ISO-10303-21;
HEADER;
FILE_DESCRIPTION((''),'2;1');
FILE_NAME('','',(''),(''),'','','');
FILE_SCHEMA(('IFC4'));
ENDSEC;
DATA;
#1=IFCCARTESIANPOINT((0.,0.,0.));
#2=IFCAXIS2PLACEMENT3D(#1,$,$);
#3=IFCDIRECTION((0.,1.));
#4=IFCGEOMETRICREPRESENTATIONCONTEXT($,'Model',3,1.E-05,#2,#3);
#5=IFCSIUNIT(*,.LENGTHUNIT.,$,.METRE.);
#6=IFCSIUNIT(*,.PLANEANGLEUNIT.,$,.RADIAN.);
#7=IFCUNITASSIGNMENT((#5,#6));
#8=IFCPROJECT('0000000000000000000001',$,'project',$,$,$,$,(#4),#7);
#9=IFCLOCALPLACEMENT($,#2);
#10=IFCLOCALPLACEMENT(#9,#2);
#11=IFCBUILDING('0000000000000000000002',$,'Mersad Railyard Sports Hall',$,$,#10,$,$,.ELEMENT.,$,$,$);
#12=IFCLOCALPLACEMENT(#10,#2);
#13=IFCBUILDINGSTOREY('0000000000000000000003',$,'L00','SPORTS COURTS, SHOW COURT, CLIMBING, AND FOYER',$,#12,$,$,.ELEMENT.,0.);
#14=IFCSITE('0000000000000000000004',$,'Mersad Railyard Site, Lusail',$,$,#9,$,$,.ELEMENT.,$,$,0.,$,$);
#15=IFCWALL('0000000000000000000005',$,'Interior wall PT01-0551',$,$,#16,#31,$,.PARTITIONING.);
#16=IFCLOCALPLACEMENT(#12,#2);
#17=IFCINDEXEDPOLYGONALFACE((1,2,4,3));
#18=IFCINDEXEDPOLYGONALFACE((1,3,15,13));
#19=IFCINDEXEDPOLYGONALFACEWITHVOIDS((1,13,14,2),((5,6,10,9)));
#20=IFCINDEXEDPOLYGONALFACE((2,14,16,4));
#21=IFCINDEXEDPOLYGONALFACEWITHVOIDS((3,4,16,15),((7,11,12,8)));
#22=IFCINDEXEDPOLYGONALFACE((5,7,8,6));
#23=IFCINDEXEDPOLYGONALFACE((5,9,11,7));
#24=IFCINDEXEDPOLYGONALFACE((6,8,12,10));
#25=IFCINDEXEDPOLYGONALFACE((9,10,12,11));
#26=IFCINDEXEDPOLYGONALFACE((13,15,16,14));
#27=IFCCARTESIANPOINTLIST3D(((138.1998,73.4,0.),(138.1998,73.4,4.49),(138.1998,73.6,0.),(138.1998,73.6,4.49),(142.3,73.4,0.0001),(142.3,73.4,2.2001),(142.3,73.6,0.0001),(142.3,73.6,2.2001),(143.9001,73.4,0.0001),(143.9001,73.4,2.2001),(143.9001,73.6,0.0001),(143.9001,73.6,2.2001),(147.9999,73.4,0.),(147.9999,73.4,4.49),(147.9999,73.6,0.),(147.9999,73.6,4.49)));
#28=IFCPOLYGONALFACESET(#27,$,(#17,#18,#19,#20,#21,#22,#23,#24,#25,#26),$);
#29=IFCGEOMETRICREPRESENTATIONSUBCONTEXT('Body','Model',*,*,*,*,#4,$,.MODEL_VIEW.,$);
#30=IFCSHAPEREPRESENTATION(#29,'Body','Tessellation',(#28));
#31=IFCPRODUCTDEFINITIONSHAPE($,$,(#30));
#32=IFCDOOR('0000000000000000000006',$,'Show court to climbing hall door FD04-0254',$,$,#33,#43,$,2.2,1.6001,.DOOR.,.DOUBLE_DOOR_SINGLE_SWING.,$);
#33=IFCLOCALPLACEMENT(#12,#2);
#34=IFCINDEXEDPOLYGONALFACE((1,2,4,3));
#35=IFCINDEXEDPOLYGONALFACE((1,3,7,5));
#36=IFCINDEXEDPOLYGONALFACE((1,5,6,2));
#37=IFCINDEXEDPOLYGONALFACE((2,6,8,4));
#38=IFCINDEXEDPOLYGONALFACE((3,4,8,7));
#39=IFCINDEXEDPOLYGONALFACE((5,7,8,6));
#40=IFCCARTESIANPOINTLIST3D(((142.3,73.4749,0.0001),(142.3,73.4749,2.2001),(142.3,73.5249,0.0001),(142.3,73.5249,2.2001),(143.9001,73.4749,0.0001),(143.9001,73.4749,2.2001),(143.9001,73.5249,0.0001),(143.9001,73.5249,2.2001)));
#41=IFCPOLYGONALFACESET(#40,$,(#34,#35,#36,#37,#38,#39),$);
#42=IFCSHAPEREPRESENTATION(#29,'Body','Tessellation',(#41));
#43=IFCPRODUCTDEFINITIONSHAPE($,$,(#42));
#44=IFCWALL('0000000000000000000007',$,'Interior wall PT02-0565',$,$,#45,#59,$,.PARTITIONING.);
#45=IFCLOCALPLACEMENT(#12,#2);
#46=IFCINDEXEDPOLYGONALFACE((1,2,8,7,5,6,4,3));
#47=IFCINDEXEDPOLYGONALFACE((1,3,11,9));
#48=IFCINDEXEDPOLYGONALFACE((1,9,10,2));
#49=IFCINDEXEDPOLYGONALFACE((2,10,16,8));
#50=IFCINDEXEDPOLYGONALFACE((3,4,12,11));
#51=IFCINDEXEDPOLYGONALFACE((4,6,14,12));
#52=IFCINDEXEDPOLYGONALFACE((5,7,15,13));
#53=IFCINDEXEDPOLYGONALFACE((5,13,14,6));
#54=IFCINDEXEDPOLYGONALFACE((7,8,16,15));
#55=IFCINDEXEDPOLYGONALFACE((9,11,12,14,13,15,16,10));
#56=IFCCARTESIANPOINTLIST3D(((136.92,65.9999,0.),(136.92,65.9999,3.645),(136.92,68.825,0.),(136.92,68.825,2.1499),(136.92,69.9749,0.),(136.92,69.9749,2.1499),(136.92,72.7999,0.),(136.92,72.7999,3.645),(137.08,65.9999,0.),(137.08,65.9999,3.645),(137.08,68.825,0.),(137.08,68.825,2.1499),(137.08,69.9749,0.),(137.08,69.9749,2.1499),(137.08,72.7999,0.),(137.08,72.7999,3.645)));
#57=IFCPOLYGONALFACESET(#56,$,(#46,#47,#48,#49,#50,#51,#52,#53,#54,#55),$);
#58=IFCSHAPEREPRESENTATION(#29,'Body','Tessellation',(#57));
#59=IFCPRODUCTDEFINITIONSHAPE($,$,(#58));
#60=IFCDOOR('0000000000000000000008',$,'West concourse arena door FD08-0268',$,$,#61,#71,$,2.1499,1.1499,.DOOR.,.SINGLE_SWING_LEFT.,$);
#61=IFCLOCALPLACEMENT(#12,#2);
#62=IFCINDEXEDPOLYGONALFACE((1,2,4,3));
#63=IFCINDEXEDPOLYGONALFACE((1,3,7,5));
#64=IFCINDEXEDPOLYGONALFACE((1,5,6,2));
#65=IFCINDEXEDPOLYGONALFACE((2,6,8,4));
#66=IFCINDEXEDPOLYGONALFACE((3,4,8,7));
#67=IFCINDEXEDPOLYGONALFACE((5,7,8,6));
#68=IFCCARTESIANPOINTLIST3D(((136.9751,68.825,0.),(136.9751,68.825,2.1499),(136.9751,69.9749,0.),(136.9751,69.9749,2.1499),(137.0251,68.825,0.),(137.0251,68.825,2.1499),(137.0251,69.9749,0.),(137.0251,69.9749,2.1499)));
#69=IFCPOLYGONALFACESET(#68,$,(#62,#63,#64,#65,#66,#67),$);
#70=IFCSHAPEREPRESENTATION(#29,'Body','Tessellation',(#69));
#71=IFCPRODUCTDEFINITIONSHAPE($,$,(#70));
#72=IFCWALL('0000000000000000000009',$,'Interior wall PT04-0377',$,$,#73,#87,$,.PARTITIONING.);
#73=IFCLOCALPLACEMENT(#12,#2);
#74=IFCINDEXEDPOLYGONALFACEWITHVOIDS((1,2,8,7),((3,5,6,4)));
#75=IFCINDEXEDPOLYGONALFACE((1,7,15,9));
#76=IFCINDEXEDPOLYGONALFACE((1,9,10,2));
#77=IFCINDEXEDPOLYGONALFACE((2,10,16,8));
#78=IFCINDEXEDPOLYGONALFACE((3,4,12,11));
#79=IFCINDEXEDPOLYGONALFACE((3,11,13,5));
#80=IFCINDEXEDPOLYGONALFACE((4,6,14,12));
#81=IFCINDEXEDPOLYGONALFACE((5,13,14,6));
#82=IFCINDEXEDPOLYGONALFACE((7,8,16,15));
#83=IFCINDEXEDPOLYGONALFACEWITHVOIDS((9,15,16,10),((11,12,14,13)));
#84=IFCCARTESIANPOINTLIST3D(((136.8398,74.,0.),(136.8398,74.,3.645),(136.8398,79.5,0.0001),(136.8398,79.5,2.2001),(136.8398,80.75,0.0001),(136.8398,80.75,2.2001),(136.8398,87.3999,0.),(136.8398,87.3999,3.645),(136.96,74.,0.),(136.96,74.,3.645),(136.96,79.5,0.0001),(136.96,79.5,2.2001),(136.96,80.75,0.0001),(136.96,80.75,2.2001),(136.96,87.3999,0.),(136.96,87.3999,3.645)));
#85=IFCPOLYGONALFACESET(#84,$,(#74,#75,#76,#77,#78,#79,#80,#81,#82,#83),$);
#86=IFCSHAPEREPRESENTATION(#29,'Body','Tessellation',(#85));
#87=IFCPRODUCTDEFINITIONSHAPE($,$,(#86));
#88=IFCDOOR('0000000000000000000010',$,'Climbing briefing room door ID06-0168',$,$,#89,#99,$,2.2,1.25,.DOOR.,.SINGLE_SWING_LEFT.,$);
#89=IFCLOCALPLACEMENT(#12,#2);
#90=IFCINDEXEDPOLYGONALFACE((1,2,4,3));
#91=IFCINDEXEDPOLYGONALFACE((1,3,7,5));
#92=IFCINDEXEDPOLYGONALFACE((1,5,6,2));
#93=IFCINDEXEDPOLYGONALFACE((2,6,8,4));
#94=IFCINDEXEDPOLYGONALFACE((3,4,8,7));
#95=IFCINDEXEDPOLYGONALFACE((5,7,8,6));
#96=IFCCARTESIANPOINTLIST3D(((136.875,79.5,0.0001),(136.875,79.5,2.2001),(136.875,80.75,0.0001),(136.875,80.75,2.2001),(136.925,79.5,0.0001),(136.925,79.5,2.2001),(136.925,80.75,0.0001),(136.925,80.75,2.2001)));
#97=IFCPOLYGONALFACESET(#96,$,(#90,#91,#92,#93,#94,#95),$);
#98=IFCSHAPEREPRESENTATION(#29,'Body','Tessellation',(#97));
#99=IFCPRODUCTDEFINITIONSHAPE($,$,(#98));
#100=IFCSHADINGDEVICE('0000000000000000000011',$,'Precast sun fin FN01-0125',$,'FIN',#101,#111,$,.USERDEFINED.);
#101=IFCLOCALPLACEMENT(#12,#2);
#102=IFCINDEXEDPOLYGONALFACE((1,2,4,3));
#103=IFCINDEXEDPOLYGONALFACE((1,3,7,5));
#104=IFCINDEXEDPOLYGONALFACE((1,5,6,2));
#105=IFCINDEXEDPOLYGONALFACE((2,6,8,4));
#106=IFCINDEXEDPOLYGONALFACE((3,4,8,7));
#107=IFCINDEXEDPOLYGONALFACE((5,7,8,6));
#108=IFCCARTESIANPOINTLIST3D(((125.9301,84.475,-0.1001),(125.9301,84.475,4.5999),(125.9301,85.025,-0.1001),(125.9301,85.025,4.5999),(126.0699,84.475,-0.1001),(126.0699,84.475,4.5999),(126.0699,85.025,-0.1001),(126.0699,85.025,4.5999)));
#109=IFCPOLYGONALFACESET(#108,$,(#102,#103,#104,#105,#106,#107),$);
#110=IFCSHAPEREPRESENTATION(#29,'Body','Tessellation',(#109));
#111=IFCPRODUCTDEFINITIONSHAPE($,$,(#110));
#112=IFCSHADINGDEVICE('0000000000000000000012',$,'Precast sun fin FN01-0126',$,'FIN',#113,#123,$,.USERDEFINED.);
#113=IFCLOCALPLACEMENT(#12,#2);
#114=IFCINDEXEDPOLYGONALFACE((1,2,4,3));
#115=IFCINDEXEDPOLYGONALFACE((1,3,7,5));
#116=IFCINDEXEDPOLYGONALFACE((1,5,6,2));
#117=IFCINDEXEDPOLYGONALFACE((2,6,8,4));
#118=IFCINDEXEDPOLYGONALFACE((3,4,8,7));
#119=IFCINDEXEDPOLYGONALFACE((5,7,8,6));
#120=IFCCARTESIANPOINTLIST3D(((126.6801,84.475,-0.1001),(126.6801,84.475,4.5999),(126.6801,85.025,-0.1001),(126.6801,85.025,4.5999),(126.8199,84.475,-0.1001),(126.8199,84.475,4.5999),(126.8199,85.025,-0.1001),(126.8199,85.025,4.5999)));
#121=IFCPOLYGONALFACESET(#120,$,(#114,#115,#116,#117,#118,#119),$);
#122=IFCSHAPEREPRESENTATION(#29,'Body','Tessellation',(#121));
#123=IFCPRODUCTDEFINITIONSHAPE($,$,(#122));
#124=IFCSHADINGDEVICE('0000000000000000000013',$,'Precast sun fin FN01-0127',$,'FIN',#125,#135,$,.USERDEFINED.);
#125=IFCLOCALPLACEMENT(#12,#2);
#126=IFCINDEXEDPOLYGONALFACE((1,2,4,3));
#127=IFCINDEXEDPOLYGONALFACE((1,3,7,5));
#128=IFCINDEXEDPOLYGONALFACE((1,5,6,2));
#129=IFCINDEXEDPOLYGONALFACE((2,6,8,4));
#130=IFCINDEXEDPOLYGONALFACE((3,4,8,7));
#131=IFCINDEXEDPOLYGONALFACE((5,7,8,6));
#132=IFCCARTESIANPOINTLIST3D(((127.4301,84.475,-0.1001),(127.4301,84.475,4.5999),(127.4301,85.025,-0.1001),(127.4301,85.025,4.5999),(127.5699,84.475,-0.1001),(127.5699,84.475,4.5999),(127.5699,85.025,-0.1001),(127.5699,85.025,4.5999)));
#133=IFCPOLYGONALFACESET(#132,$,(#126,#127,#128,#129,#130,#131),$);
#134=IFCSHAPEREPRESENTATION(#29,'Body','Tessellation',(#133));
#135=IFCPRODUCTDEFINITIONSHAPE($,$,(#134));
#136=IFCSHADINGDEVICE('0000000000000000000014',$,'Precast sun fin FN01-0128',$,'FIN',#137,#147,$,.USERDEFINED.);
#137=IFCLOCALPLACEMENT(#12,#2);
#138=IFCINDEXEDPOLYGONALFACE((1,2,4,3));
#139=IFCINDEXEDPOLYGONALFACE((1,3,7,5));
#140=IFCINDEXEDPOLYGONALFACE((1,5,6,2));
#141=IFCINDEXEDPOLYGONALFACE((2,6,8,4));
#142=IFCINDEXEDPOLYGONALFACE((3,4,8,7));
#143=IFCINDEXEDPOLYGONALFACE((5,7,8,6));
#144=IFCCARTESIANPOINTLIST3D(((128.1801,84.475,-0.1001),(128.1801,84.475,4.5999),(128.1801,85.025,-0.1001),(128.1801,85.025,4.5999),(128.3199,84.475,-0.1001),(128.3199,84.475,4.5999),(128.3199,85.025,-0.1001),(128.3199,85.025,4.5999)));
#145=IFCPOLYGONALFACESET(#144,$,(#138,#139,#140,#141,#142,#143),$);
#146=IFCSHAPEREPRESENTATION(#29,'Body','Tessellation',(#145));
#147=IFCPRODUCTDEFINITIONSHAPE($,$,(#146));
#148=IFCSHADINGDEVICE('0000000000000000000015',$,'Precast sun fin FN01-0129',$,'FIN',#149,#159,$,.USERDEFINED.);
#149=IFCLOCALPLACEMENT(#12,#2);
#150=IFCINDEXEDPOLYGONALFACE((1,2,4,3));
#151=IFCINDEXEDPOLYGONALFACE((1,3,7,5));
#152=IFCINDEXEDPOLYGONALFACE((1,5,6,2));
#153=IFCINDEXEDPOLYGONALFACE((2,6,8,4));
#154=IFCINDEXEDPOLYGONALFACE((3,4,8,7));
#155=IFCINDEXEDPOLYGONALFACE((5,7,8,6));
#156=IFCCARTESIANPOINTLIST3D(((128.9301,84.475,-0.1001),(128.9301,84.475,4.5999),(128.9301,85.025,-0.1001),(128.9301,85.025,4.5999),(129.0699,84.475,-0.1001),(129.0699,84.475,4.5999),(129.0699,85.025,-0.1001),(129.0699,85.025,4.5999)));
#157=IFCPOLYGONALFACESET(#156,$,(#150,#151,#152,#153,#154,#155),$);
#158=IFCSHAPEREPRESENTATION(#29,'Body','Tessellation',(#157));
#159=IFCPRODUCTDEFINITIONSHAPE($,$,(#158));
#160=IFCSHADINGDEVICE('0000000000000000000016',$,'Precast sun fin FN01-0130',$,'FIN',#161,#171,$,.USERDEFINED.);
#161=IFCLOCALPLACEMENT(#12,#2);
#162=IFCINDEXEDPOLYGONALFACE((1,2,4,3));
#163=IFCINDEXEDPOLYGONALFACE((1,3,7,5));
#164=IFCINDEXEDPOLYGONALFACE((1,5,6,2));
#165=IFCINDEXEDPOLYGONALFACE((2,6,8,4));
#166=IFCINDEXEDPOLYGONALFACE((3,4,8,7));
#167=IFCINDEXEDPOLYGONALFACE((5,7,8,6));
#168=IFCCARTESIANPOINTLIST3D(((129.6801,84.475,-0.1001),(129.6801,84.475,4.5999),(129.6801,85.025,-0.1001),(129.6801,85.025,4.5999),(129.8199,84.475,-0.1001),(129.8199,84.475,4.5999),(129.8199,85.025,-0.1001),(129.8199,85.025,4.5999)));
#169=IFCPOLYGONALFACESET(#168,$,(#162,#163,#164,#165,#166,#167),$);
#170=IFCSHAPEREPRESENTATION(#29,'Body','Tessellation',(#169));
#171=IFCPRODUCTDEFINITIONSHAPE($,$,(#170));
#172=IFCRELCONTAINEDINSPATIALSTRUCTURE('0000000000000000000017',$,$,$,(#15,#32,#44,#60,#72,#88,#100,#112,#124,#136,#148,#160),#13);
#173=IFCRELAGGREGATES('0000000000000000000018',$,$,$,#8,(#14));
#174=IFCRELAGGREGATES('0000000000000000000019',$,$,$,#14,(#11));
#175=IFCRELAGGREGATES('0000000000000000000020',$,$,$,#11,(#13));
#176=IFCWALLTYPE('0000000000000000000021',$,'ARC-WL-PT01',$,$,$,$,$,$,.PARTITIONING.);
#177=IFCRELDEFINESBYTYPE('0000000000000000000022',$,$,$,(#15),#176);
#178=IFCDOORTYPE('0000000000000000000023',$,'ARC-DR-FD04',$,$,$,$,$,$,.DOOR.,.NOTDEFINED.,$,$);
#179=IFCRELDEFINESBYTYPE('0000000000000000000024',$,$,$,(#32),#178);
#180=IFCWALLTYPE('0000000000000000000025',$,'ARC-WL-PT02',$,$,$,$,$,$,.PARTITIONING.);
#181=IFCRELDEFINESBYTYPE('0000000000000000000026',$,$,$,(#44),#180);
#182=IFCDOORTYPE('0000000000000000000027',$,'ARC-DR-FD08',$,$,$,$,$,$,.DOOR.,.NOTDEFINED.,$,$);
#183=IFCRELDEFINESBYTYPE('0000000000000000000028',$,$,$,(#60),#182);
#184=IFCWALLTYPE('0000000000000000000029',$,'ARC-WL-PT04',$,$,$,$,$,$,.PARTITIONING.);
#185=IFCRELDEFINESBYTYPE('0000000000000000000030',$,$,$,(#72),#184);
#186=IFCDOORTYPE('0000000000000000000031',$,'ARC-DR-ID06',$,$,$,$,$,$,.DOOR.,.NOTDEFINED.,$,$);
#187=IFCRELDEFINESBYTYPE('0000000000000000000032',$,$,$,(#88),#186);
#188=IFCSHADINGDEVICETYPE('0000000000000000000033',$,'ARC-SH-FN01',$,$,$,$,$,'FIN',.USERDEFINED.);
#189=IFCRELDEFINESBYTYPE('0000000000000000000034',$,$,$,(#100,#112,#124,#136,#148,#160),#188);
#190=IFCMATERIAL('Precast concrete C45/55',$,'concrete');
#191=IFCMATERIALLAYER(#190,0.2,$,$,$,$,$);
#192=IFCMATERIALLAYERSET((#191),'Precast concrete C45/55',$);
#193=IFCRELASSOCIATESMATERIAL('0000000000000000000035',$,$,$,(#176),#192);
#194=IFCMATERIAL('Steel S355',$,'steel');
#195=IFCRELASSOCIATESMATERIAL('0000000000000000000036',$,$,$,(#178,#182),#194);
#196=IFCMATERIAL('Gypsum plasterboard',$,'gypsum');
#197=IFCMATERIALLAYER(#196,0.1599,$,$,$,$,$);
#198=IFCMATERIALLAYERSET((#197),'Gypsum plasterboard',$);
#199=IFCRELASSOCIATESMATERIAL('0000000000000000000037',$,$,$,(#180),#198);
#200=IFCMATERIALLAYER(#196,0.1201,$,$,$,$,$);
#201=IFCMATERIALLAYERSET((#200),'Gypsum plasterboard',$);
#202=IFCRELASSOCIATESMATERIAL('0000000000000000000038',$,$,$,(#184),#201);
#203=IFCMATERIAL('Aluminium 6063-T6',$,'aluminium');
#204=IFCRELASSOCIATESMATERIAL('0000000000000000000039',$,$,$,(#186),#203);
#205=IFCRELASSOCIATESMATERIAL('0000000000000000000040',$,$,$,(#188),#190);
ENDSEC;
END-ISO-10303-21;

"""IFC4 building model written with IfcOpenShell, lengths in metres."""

from ifc_helpers import new_model, si_unit, direction, frame, frame_2d, origin, origin_2d, place, context, subcontext, project, spatial, rectangle, extrude, material, layer, layer_set, type_object, element, fill, save


model = new_model("IFC4")

# Units and contexts
model_context = context("Model", 3, precision=1e-05, world=origin(), true_north=direction((0.0, 1.0)))
body_context = subcontext(model_context, "Body", "Model", "MODEL_VIEW")
ifc_project = project(units=[si_unit("LENGTHUNIT", "METRE"), si_unit("PLANEANGLEUNIT", "RADIAN")], contexts=[model_context])

# Site, building, storey
site_placement = place(None, origin())
site = spatial("IfcSite", under=ifc_project, at=site_placement, Name="Mersad Railyard Site, Lusail", CompositionType="ELEMENT", RefElevation=0.0)
building_placement = place(site_placement, origin())
building = spatial("IfcBuilding", under=site, at=building_placement, Name="Mersad Railyard Sports Hall", CompositionType="ELEMENT")
storey_placement = place(building_placement, origin())
storey = spatial("IfcBuildingStorey", under=building, at=storey_placement, Name="L00", Description="SPORTS COURTS, SHOW COURT, CLIMBING, AND FOYER", CompositionType="ELEMENT", Elevation=0.0)

# Walls, openings, doors
ifc_material_1 = material(Name="Aluminium 6063-T6", Category="aluminium")
ifc_material_2 = material(Name="Precast concrete C45/55", Category="concrete")
ifc_layer_1 = layer(ifc_material_2, 0.2)
ifc_layer_set_1 = layer_set([ifc_layer_1], Name="Precast concrete C45/55")
wall_type_1 = type_object("IfcWallType", Name="ARC-WL-PT01", PredefinedType="PARTITIONING", material=ifc_layer_set_1)
wall_1_placement = place(storey_placement, frame((138.2, 73.5, 0.0), z_axis=(0.0, 0.0, 1.0), x_axis=(1.0, 0.0, 0.0)))
wall_1 = element("IfcWall", 1, at=wall_1_placement, inside=storey, type_object=wall_type_1, Name="Interior wall PT01-0551", PredefinedType="PARTITIONING", context=body_context, shape_type="SweptSolid", body=[
    extrude(rectangle(XDim=9.8, YDim=0.2, at=frame_2d((4.8999, 0.0))), origin(), (0.0, 0.0, 1.0), 4.49),
])
opening_1_placement = place(wall_1_placement, frame((4.1001, 0.0, 0.0)))
opening_1 = element("IfcOpeningElement", 2, at=opening_1_placement, cuts=wall_1, PredefinedType="OPENING", context=body_context, shape_type="SweptSolid", body=[
    extrude(rectangle(XDim=1.6001, YDim=2.2, at=frame_2d((0.8, 1.1001))), frame((0.0, 0.1099, 0.0), z_axis=(0.0, -1.0, 0.0), x_axis=(1.0, 0.0, 0.0)), (0.0, 0.0, 1.0), 0.22),
])
ifc_material_3 = material(Name="Steel S355", Category="steel")
door_type_1 = type_object("IfcDoorType", Name="ARC-DR-FD04", OperationType="NOTDEFINED", PredefinedType="DOOR", material=ifc_material_3)
door_1_placement = place(opening_1_placement, origin())
door_1 = element("IfcDoor", 3, at=door_1_placement, inside=storey, type_object=door_type_1, Name="Show court to climbing hall door FD04-0254", OperationType="DOUBLE_DOOR_SINGLE_SWING", OverallHeight=2.2, OverallWidth=1.6001, PredefinedType="DOOR", context=body_context, shape_type="SweptSolid", body=[
    extrude(rectangle(XDim=1.6001, YDim=2.2, at=frame_2d((0.8, 1.1001))), frame((0.0, 0.0249, 0.0), z_axis=(0.0, -1.0, 0.0), x_axis=(1.0, 0.0, 0.0)), (0.0, 0.0, 1.0), 0.05),
])
fill(opening_1, door_1)
ifc_material_4 = material(Name="Gypsum plasterboard", Category="gypsum")
ifc_layer_2 = layer(ifc_material_4, 0.1599)
ifc_layer_set_2 = layer_set([ifc_layer_2], Name="Gypsum plasterboard")
wall_type_2 = type_object("IfcWallType", Name="ARC-WL-PT02", PredefinedType="PARTITIONING", material=ifc_layer_set_2)
wall_2_placement = place(storey_placement, frame((137.0, 66.0, 0.0), z_axis=(0.0, 0.0, 1.0), x_axis=(0.0, 1.0, 0.0)))
wall_2 = element("IfcWall", 4, at=wall_2_placement, inside=storey, type_object=wall_type_2, Name="Interior wall PT02-0565", PredefinedType="PARTITIONING", context=body_context, shape_type="SweptSolid", body=[
    extrude(rectangle(XDim=6.8, YDim=0.1599, at=frame_2d((3.3999, 0.0))), origin(), (0.0, 0.0, 1.0), 3.645),
])
opening_2_placement = place(wall_2_placement, frame((2.825, 0.0, 0.0)))
opening_2 = element("IfcOpeningElement", 5, at=opening_2_placement, cuts=wall_2, PredefinedType="OPENING", context=body_context, shape_type="SweptSolid", body=[
    extrude(rectangle(XDim=1.1499, YDim=2.1499, at=frame_2d((0.575, 1.075))), frame((0.0, 0.0898, 0.0), z_axis=(0.0, -1.0, 0.0), x_axis=(1.0, 0.0, 0.0)), (0.0, 0.0, 1.0), 0.1799),
])
door_type_2 = type_object("IfcDoorType", Name="ARC-DR-FD08", OperationType="NOTDEFINED", PredefinedType="DOOR", material=ifc_material_3)
door_2_placement = place(opening_2_placement, origin())
door_2 = element("IfcDoor", 6, at=door_2_placement, inside=storey, type_object=door_type_2, Name="West concourse arena door FD08-0268", OperationType="SINGLE_SWING_LEFT", OverallHeight=2.1499, OverallWidth=1.1499, PredefinedType="DOOR", context=body_context, shape_type="SweptSolid", body=[
    extrude(rectangle(XDim=1.1499, YDim=2.1499, at=frame_2d((0.575, 1.075))), frame((0.0, 0.0249, 0.0), z_axis=(0.0, -1.0, 0.0), x_axis=(1.0, 0.0, 0.0)), (0.0, 0.0, 1.0), 0.05),
])
fill(opening_2, door_2)
ifc_layer_3 = layer(ifc_material_4, 0.1201)
ifc_layer_set_3 = layer_set([ifc_layer_3], Name="Gypsum plasterboard")
wall_type_3 = type_object("IfcWallType", Name="ARC-WL-PT04", PredefinedType="PARTITIONING", material=ifc_layer_set_3)
wall_3_placement = place(storey_placement, frame((136.8999, 74.0, 0.0), z_axis=(0.0, 0.0, 1.0), x_axis=(0.0, 1.0, 0.0)))
wall_3 = element("IfcWall", 7, at=wall_3_placement, inside=storey, type_object=wall_type_3, Name="Interior wall PT04-0377", PredefinedType="PARTITIONING", context=body_context, shape_type="SweptSolid", body=[
    extrude(rectangle(XDim=13.3999, YDim=0.1201, at=frame_2d((6.7, 0.0))), origin(), (0.0, 0.0, 1.0), 3.645),
])
opening_3_placement = place(wall_3_placement, frame((5.5, 0.0, 0.0)))
opening_3 = element("IfcOpeningElement", 8, at=opening_3_placement, cuts=wall_3, PredefinedType="OPENING", context=body_context, shape_type="SweptSolid", body=[
    extrude(rectangle(XDim=1.25, YDim=2.2, at=frame_2d((0.625, 1.1001))), frame((0.0, 0.0701, 0.0), z_axis=(0.0, -1.0, 0.0), x_axis=(1.0, 0.0, 0.0)), (0.0, 0.0, 1.0), 0.1401),
])
door_type_3 = type_object("IfcDoorType", Name="ARC-DR-ID06", OperationType="NOTDEFINED", PredefinedType="DOOR", material=ifc_material_1)
door_3_placement = place(opening_3_placement, origin())
door_3 = element("IfcDoor", 9, at=door_3_placement, inside=storey, type_object=door_type_3, Name="Climbing briefing room door ID06-0168", OperationType="SINGLE_SWING_LEFT", OverallHeight=2.2, OverallWidth=1.25, PredefinedType="DOOR", context=body_context, shape_type="SweptSolid", body=[
    extrude(rectangle(XDim=1.25, YDim=2.2, at=frame_2d((0.625, 1.1001))), frame((0.0, 0.0249, 0.0), z_axis=(0.0, -1.0, 0.0), x_axis=(1.0, 0.0, 0.0)), (0.0, 0.0, 1.0), 0.05),
])
fill(opening_3, door_3)

# Shading devices
shading_device_type = type_object("IfcShadingDeviceType", Name="ARC-SH-FN01", ElementType="FIN", PredefinedType="USERDEFINED", material=ifc_material_2)
for number, where, z_axis, x_axis, name in (
    (10, (126.0, 84.75, -0.1001), (0.0, 0.0, 1.0), (1.0, 0.0, 0.0), "Precast sun fin FN01-0125"),
    (11, (126.75, 84.75, -0.1001), (0.0, 0.0, 1.0), (1.0, 0.0, 0.0), "Precast sun fin FN01-0126"),
    (12, (127.5, 84.75, -0.1001), (0.0, 0.0, 1.0), (1.0, 0.0, 0.0), "Precast sun fin FN01-0127"),
    (13, (128.25, 84.75, -0.1001), (0.0, 0.0, 1.0), (1.0, 0.0, 0.0), "Precast sun fin FN01-0128"),
    (14, (129.0, 84.75, -0.1001), (0.0, 0.0, 1.0), (1.0, 0.0, 0.0), "Precast sun fin FN01-0129"),
    (15, (129.75, 84.75, -0.1001), (0.0, 0.0, 1.0), (1.0, 0.0, 0.0), "Precast sun fin FN01-0130"),
):
    element("IfcShadingDevice", number, at=place(storey_placement, frame(where, z_axis=z_axis, x_axis=x_axis)), inside=storey, type_object=shading_device_type, Name=name, ObjectType="FIN", PredefinedType="USERDEFINED", context=body_context, shape_type="SweptSolid", body=[
        extrude(rectangle(XDim=0.1399, YDim=0.55, at=origin_2d()), origin(), (0.0, 0.0, 1.0), 4.7),
    ])

save(model, "model.ifc")
